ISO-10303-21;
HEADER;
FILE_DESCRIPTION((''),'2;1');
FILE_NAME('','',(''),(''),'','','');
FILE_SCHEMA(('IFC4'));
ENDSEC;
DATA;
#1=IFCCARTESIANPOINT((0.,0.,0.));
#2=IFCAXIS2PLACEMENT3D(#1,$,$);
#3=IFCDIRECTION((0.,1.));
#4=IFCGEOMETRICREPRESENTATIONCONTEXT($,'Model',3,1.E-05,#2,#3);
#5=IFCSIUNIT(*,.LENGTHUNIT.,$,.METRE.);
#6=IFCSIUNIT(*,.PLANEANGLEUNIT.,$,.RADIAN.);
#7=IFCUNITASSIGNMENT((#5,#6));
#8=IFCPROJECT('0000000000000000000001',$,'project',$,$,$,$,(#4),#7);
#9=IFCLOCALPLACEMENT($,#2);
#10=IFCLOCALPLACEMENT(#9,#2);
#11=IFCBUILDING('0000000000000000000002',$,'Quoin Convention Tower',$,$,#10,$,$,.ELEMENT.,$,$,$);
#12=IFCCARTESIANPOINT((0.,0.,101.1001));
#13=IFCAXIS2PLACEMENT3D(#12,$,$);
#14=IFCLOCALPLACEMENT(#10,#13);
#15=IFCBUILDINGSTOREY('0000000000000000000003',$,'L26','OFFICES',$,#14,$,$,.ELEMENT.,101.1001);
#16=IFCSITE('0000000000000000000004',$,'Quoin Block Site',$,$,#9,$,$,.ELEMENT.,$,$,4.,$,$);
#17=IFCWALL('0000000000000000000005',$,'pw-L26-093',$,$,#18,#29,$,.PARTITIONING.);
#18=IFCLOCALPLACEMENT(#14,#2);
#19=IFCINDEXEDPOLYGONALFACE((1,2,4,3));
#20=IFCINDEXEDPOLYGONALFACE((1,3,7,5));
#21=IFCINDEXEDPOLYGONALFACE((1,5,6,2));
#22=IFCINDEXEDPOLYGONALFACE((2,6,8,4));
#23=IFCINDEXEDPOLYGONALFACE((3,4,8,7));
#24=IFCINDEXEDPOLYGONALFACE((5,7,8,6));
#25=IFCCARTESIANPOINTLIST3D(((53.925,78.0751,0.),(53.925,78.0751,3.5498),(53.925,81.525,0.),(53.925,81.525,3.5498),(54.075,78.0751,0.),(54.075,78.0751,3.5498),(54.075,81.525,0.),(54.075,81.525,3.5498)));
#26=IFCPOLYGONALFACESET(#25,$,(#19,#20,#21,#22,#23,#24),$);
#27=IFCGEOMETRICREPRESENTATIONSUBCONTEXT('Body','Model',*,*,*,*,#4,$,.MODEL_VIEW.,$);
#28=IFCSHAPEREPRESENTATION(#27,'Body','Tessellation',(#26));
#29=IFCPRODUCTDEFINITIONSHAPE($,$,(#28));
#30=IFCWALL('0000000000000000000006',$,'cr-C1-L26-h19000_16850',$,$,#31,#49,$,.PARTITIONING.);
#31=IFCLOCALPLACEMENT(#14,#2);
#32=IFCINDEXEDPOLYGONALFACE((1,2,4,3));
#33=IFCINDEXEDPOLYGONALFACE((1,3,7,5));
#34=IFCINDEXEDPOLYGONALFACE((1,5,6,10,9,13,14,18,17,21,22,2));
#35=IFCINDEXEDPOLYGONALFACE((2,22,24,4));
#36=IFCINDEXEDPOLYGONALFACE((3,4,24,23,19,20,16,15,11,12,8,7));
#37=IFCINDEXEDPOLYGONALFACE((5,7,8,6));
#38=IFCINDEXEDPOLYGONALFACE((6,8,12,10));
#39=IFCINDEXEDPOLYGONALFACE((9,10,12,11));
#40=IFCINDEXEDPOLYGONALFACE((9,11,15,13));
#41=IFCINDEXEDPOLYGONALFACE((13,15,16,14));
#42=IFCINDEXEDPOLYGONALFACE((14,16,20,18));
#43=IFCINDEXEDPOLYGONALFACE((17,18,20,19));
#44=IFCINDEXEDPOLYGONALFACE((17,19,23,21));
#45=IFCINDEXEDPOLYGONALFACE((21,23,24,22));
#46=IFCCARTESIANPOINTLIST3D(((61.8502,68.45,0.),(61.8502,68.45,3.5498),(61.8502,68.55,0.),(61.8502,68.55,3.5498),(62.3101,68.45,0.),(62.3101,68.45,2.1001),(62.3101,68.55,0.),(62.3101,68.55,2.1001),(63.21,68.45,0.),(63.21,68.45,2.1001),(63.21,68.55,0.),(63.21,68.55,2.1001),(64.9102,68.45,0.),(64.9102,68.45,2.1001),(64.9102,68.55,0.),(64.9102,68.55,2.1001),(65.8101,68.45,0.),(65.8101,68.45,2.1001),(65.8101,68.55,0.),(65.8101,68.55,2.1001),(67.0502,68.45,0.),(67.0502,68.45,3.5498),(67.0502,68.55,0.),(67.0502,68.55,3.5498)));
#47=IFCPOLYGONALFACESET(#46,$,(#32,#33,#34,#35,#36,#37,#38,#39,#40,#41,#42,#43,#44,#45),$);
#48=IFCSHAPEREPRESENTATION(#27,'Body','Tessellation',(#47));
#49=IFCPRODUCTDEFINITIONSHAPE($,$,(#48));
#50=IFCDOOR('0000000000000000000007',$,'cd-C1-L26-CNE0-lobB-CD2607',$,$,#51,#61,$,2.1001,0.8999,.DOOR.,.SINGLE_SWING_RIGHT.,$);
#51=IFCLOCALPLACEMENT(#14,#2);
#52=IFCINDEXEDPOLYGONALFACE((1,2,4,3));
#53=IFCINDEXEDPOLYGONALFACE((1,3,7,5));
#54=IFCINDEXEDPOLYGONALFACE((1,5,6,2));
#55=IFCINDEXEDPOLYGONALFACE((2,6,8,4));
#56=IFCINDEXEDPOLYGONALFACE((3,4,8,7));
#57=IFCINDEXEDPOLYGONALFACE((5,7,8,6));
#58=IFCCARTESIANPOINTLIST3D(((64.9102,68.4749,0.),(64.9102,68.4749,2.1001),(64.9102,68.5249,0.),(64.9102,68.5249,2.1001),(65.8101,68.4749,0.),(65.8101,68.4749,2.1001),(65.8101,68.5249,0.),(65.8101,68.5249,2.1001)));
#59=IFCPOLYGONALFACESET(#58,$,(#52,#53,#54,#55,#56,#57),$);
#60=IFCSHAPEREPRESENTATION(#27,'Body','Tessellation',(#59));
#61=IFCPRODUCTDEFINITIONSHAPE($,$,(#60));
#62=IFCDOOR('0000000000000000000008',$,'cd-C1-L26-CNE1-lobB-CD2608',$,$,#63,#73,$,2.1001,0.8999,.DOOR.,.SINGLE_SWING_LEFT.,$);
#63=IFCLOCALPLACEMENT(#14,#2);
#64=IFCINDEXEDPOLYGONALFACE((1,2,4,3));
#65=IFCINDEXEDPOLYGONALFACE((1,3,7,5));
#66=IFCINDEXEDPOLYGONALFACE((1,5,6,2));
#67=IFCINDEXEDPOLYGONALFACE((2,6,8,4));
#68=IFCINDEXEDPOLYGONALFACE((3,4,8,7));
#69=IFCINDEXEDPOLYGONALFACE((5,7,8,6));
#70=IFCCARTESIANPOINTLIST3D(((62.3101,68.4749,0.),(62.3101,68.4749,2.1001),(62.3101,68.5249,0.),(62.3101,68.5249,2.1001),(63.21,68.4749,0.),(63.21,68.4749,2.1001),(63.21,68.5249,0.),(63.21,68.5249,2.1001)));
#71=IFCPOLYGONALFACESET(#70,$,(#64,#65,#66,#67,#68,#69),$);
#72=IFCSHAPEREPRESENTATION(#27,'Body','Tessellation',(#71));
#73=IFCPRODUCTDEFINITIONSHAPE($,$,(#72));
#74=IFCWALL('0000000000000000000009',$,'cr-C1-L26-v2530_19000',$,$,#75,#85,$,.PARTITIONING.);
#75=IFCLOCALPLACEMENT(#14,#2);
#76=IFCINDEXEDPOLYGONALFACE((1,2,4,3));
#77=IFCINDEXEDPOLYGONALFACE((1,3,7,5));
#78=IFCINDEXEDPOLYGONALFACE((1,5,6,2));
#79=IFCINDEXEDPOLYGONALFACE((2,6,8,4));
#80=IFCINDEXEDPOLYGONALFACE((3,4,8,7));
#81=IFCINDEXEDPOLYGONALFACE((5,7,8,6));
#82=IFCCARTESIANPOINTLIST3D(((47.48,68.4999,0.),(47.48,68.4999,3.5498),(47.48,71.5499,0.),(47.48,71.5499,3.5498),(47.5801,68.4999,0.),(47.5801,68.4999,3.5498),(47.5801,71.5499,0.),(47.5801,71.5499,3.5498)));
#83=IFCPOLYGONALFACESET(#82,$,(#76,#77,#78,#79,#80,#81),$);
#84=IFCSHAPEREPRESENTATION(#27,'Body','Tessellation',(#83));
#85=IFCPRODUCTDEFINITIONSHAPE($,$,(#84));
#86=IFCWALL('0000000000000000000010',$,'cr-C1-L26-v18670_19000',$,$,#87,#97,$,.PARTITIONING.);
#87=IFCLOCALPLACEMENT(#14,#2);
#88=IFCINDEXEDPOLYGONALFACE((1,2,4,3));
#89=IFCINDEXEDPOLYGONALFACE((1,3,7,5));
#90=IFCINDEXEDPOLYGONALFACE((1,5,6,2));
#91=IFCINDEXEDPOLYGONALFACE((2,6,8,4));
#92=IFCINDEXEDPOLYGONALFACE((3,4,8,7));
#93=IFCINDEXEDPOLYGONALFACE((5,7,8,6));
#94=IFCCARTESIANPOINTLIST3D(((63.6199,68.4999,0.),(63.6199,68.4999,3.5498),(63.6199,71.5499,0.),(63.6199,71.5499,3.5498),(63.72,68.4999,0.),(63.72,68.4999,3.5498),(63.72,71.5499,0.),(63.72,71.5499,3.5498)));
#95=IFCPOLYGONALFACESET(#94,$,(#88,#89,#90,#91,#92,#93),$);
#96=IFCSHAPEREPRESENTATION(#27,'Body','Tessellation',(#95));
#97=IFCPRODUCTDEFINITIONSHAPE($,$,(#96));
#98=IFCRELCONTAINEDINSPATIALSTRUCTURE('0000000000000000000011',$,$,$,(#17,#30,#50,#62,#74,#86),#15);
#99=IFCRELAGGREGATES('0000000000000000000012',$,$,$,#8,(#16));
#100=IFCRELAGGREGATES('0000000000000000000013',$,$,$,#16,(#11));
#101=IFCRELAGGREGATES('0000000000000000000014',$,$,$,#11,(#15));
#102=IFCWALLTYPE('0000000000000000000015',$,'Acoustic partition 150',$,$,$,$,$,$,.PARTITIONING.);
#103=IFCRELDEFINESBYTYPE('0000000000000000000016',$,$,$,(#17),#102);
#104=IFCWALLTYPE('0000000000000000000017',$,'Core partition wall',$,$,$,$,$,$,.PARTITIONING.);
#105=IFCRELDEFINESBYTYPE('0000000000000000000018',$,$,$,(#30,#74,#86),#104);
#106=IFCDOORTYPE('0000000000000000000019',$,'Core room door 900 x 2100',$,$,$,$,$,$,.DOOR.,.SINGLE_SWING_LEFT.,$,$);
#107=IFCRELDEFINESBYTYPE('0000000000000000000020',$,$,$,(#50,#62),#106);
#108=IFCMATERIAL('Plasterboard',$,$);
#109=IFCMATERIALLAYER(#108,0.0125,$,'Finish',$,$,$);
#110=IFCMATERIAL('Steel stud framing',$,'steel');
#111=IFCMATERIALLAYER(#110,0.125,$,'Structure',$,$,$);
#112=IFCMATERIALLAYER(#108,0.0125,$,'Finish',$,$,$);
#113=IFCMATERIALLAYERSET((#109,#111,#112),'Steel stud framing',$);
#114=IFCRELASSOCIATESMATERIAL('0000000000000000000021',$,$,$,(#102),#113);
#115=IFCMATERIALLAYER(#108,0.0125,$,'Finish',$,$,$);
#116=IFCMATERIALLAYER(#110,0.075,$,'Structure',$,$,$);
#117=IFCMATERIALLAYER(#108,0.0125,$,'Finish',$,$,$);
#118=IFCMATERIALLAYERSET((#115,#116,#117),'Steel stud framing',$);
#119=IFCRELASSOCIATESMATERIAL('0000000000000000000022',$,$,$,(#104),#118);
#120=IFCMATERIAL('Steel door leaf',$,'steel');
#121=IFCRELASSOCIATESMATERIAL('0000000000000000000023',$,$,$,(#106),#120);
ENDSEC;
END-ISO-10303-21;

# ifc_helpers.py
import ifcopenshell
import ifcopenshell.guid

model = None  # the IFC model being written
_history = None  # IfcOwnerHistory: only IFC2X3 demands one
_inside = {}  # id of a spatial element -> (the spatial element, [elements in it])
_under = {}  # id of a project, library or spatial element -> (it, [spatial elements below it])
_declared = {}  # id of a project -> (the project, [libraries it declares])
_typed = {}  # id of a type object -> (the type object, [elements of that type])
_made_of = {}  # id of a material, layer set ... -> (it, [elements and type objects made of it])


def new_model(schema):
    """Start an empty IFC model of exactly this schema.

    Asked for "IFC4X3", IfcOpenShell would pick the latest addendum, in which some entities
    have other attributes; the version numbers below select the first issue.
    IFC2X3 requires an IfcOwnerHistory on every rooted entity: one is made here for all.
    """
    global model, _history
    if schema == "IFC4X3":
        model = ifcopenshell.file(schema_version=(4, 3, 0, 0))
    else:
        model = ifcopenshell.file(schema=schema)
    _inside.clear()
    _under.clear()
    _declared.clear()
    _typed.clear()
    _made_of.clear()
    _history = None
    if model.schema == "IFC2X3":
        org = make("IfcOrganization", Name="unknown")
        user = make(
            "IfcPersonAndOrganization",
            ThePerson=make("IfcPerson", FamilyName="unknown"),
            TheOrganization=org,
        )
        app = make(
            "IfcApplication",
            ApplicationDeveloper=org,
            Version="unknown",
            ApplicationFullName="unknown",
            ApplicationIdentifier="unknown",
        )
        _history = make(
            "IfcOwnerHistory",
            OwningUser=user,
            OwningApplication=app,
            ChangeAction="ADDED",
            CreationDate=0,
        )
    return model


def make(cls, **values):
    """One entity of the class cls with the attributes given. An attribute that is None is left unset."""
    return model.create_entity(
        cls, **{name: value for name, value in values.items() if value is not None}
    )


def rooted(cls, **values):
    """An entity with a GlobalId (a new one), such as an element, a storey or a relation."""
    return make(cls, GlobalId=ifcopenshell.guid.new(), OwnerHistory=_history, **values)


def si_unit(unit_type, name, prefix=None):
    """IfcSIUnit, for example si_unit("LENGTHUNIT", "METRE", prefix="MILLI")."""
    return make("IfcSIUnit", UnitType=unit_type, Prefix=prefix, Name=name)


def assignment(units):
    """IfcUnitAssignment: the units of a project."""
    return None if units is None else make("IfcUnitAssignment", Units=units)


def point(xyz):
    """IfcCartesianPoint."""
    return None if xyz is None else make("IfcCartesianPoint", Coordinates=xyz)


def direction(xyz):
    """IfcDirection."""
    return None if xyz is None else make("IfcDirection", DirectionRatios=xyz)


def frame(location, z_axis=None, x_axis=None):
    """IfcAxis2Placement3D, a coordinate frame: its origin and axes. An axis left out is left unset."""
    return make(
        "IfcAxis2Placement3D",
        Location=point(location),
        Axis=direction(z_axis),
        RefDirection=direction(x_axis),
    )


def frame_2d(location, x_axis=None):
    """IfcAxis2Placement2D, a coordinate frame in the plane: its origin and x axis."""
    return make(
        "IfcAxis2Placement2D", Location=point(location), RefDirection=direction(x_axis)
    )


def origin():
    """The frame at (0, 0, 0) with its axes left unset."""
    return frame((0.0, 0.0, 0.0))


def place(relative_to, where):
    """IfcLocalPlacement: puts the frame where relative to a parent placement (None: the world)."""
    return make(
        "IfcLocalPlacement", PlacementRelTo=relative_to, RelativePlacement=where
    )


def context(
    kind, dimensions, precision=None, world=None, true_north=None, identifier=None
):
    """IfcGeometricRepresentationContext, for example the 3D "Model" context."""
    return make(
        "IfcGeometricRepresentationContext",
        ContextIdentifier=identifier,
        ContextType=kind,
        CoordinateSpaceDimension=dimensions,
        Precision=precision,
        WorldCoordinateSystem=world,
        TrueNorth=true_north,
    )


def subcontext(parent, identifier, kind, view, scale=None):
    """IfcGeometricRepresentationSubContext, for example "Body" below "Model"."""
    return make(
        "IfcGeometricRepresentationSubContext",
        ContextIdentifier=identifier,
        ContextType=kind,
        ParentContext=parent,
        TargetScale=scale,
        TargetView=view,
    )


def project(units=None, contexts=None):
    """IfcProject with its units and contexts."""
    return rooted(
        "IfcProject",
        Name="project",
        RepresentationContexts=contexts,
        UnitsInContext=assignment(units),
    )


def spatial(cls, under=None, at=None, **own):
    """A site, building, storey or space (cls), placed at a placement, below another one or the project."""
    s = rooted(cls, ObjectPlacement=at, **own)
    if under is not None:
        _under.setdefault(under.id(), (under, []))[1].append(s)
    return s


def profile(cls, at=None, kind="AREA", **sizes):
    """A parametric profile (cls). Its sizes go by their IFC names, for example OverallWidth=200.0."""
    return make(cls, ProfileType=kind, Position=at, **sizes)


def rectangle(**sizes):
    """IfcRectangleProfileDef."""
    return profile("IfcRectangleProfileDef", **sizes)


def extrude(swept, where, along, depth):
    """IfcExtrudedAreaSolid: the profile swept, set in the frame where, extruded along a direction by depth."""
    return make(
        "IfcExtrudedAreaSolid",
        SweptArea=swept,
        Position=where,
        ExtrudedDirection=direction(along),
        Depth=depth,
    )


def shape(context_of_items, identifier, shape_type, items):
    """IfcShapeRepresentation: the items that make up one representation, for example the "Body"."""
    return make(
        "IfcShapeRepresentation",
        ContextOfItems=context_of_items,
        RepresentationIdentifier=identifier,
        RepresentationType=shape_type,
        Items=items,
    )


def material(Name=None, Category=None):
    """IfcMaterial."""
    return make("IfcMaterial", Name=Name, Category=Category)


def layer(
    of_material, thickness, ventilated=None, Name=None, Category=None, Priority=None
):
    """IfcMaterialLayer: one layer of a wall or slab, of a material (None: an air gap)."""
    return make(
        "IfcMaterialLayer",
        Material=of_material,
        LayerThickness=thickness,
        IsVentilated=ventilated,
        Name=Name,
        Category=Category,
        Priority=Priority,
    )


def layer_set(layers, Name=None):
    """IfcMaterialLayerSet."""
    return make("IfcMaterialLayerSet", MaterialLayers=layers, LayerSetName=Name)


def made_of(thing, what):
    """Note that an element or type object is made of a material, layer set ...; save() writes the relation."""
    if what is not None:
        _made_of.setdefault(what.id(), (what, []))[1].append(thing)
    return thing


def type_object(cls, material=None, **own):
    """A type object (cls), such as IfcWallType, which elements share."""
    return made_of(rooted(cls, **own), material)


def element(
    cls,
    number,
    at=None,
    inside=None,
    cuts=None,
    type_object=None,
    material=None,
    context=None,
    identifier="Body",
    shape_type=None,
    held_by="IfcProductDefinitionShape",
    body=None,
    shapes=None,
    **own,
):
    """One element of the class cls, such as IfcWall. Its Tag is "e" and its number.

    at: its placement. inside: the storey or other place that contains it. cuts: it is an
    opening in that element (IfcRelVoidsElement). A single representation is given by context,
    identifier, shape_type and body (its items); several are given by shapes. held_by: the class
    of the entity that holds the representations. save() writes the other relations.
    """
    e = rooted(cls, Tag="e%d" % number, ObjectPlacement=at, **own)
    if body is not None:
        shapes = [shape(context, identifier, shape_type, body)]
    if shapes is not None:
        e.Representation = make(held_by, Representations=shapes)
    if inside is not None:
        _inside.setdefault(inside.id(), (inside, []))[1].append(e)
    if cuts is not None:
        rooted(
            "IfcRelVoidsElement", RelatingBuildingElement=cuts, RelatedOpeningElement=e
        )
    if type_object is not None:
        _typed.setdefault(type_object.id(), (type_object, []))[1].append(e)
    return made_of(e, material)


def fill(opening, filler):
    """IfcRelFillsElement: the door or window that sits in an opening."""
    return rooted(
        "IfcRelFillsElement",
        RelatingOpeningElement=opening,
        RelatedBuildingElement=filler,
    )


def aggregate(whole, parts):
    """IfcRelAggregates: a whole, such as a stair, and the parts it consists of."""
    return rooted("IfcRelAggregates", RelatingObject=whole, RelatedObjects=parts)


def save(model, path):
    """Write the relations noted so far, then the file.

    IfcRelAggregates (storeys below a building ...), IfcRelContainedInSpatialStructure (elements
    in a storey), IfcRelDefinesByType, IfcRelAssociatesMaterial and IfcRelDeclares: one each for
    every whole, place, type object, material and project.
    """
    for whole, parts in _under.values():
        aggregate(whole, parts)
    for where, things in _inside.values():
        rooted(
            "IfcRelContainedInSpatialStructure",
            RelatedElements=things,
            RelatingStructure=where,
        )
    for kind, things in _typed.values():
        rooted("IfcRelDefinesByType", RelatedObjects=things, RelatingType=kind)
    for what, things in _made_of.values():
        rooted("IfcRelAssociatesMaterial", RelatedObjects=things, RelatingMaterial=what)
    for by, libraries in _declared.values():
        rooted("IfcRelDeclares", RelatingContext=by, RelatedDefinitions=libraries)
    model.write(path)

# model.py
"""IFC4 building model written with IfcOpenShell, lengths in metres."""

from ifc_helpers import new_model, si_unit, direction, frame, frame_2d, origin, place, context, subcontext, project, spatial, rectangle, extrude, material, layer, layer_set, type_object, element, fill, save


model = new_model("IFC4")

# Units and contexts
model_context = context("Model", 3, precision=1e-05, world=origin(), true_north=direction((0.0, 1.0)))
body_context = subcontext(model_context, "Body", "Model", "MODEL_VIEW")
ifc_project = project(units=[si_unit("LENGTHUNIT", "METRE"), si_unit("PLANEANGLEUNIT", "RADIAN")], contexts=[model_context])

# Site, building, storey
site_placement = place(None, origin())
site = spatial("IfcSite", under=ifc_project, at=site_placement, Name="Quoin Block Site", CompositionType="ELEMENT", RefElevation=4.0)
building_placement = place(site_placement, origin())
building = spatial("IfcBuilding", under=site, at=building_placement, Name="Quoin Convention Tower", CompositionType="ELEMENT")
storey_placement = place(building_placement, frame((0.0, 0.0, 101.1001)))
storey = spatial("IfcBuildingStorey", under=building, at=storey_placement, Name="L26", Description="OFFICES", CompositionType="ELEMENT", Elevation=101.1001)

# Wall
ifc_material_1 = material(Name="Plasterboard")
ifc_layer_1 = layer(ifc_material_1, 0.0125, Name="Finish")
ifc_material_2 = material(Name="Steel stud framing", Category="steel")
ifc_layer_2 = layer(ifc_material_2, 0.125, Name="Structure")
ifc_layer_3 = layer(ifc_material_1, 0.0125, Name="Finish")
ifc_layer_set_1 = layer_set([ifc_layer_1, ifc_layer_2, ifc_layer_3], Name="Steel stud framing")
wall_type_1 = type_object("IfcWallType", Name="Acoustic partition 150", PredefinedType="PARTITIONING", material=ifc_layer_set_1)
wall_1_placement = place(storey_placement, frame((54.0, 78.075, 0.0), z_axis=(0.0, 0.0, 1.0), x_axis=(0.0, 1.0, 0.0)))
element("IfcWall", 1, at=wall_1_placement, inside=storey, type_object=wall_type_1, Name="pw-L26-093", PredefinedType="PARTITIONING", context=body_context, shape_type="SweptSolid", body=[
    extrude(rectangle(XDim=3.45, YDim=0.1499, at=frame_2d((1.7251, 0.0))), origin(), (0.0, 0.0, 1.0), 3.5498),
])

# Wall, openings, doors
ifc_layer_4 = layer(ifc_material_1, 0.0125, Name="Finish")
ifc_layer_5 = layer(ifc_material_2, 0.075, Name="Structure")
ifc_layer_6 = layer(ifc_material_1, 0.0125, Name="Finish")
ifc_layer_set_2 = layer_set([ifc_layer_4, ifc_layer_5, ifc_layer_6], Name="Steel stud framing")
wall_type_2 = type_object("IfcWallType", Name="Core partition wall", PredefinedType="PARTITIONING", material=ifc_layer_set_2)
wall_2_placement = place(storey_placement, frame((61.8501, 68.5, 0.0), z_axis=(0.0, 0.0, 1.0), x_axis=(1.0, 0.0, 0.0)))
wall_2 = element("IfcWall", 2, at=wall_2_placement, inside=storey, type_object=wall_type_2, Name="cr-C1-L26-h19000_16850", PredefinedType="PARTITIONING", context=body_context, shape_type="SweptSolid", body=[
    extrude(rectangle(XDim=5.2, YDim=0.1001, at=frame_2d((2.6001, 0.0))), origin(), (0.0, 0.0, 1.0), 3.5498),
])
opening_1_placement = place(wall_2_placement, frame((3.0601, 0.0, 0.0)))
opening_1 = element("IfcOpeningElement", 3, at=opening_1_placement, cuts=wall_2, PredefinedType="OPENING", context=body_context, shape_type="SweptSolid", body=[
    extrude(rectangle(XDim=0.8999, YDim=2.1001, at=frame_2d((0.45, 1.05))), frame((0.0, 0.0601, 0.0), z_axis=(0.0, -1.0, 0.0), x_axis=(1.0, 0.0, 0.0)), (0.0, 0.0, 1.0), 0.1201),
])
opening_2_placement = place(wall_2_placement, frame((0.46, 0.0, 0.0)))
opening_2 = element("IfcOpeningElement", 4, at=opening_2_placement, cuts=wall_2, PredefinedType="OPENING", context=body_context, shape_type="SweptSolid", body=[
    extrude(rectangle(XDim=0.8999, YDim=2.1001, at=frame_2d((0.45, 1.05))), frame((0.0, 0.0601, 0.0), z_axis=(0.0, -1.0, 0.0), x_axis=(1.0, 0.0, 0.0)), (0.0, 0.0, 1.0), 0.1201),
])
ifc_material_3 = material(Name="Steel door leaf", Category="steel")
door_type_1 = type_object("IfcDoorType", Name="Core room door 900 x 2100", OperationType="SINGLE_SWING_LEFT", PredefinedType="DOOR", material=ifc_material_3)
door_1_placement = place(opening_1_placement, origin())
door_1 = element("IfcDoor", 5, at=door_1_placement, inside=storey, type_object=door_type_1, Name="cd-C1-L26-CNE0-lobB-CD2607", OperationType="SINGLE_SWING_RIGHT", OverallHeight=2.1001, OverallWidth=0.8999, PredefinedType="DOOR", context=body_context, shape_type="SweptSolid", body=[
    extrude(rectangle(XDim=0.8999, YDim=2.1001, at=frame_2d((0.45, 1.05))), frame((0.0, 0.0249, 0.0), z_axis=(0.0, -1.0, 0.0), x_axis=(1.0, 0.0, 0.0)), (0.0, 0.0, 1.0), 0.05),
])
fill(opening_1, door_1)
door_2_placement = place(opening_2_placement, origin())
door_2 = element("IfcDoor", 6, at=door_2_placement, inside=storey, type_object=door_type_1, Name="cd-C1-L26-CNE1-lobB-CD2608", OperationType="SINGLE_SWING_LEFT", OverallHeight=2.1001, OverallWidth=0.8999, PredefinedType="DOOR", context=body_context, shape_type="SweptSolid", body=[
    extrude(rectangle(XDim=0.8999, YDim=2.1001, at=frame_2d((0.45, 1.05))), frame((0.0, 0.0249, 0.0), z_axis=(0.0, -1.0, 0.0), x_axis=(1.0, 0.0, 0.0)), (0.0, 0.0, 1.0), 0.05),
])
fill(opening_2, door_2)

# Walls
for number, where, z_axis, x_axis, name in (
    (7, (47.53, 68.5, 0.0), (0.0, 0.0, 1.0), (0.0, 1.0, 0.0), "cr-C1-L26-v2530_19000"),
    (8, (63.6699, 68.5, 0.0), (0.0, 0.0, 1.0), (0.0, 1.0, 0.0), "cr-C1-L26-v18670_19000"),
):
    element("IfcWall", number, at=place(storey_placement, frame(where, z_axis=z_axis, x_axis=x_axis)), inside=storey, type_object=wall_type_2, Name=name, PredefinedType="PARTITIONING", context=body_context, shape_type="SweptSolid", body=[
        extrude(rectangle(XDim=3.05, YDim=0.1001, at=frame_2d((1.5249, 0.0))), origin(), (0.0, 0.0, 1.0), 3.5498),
    ])

save(model, "model.ifc")
